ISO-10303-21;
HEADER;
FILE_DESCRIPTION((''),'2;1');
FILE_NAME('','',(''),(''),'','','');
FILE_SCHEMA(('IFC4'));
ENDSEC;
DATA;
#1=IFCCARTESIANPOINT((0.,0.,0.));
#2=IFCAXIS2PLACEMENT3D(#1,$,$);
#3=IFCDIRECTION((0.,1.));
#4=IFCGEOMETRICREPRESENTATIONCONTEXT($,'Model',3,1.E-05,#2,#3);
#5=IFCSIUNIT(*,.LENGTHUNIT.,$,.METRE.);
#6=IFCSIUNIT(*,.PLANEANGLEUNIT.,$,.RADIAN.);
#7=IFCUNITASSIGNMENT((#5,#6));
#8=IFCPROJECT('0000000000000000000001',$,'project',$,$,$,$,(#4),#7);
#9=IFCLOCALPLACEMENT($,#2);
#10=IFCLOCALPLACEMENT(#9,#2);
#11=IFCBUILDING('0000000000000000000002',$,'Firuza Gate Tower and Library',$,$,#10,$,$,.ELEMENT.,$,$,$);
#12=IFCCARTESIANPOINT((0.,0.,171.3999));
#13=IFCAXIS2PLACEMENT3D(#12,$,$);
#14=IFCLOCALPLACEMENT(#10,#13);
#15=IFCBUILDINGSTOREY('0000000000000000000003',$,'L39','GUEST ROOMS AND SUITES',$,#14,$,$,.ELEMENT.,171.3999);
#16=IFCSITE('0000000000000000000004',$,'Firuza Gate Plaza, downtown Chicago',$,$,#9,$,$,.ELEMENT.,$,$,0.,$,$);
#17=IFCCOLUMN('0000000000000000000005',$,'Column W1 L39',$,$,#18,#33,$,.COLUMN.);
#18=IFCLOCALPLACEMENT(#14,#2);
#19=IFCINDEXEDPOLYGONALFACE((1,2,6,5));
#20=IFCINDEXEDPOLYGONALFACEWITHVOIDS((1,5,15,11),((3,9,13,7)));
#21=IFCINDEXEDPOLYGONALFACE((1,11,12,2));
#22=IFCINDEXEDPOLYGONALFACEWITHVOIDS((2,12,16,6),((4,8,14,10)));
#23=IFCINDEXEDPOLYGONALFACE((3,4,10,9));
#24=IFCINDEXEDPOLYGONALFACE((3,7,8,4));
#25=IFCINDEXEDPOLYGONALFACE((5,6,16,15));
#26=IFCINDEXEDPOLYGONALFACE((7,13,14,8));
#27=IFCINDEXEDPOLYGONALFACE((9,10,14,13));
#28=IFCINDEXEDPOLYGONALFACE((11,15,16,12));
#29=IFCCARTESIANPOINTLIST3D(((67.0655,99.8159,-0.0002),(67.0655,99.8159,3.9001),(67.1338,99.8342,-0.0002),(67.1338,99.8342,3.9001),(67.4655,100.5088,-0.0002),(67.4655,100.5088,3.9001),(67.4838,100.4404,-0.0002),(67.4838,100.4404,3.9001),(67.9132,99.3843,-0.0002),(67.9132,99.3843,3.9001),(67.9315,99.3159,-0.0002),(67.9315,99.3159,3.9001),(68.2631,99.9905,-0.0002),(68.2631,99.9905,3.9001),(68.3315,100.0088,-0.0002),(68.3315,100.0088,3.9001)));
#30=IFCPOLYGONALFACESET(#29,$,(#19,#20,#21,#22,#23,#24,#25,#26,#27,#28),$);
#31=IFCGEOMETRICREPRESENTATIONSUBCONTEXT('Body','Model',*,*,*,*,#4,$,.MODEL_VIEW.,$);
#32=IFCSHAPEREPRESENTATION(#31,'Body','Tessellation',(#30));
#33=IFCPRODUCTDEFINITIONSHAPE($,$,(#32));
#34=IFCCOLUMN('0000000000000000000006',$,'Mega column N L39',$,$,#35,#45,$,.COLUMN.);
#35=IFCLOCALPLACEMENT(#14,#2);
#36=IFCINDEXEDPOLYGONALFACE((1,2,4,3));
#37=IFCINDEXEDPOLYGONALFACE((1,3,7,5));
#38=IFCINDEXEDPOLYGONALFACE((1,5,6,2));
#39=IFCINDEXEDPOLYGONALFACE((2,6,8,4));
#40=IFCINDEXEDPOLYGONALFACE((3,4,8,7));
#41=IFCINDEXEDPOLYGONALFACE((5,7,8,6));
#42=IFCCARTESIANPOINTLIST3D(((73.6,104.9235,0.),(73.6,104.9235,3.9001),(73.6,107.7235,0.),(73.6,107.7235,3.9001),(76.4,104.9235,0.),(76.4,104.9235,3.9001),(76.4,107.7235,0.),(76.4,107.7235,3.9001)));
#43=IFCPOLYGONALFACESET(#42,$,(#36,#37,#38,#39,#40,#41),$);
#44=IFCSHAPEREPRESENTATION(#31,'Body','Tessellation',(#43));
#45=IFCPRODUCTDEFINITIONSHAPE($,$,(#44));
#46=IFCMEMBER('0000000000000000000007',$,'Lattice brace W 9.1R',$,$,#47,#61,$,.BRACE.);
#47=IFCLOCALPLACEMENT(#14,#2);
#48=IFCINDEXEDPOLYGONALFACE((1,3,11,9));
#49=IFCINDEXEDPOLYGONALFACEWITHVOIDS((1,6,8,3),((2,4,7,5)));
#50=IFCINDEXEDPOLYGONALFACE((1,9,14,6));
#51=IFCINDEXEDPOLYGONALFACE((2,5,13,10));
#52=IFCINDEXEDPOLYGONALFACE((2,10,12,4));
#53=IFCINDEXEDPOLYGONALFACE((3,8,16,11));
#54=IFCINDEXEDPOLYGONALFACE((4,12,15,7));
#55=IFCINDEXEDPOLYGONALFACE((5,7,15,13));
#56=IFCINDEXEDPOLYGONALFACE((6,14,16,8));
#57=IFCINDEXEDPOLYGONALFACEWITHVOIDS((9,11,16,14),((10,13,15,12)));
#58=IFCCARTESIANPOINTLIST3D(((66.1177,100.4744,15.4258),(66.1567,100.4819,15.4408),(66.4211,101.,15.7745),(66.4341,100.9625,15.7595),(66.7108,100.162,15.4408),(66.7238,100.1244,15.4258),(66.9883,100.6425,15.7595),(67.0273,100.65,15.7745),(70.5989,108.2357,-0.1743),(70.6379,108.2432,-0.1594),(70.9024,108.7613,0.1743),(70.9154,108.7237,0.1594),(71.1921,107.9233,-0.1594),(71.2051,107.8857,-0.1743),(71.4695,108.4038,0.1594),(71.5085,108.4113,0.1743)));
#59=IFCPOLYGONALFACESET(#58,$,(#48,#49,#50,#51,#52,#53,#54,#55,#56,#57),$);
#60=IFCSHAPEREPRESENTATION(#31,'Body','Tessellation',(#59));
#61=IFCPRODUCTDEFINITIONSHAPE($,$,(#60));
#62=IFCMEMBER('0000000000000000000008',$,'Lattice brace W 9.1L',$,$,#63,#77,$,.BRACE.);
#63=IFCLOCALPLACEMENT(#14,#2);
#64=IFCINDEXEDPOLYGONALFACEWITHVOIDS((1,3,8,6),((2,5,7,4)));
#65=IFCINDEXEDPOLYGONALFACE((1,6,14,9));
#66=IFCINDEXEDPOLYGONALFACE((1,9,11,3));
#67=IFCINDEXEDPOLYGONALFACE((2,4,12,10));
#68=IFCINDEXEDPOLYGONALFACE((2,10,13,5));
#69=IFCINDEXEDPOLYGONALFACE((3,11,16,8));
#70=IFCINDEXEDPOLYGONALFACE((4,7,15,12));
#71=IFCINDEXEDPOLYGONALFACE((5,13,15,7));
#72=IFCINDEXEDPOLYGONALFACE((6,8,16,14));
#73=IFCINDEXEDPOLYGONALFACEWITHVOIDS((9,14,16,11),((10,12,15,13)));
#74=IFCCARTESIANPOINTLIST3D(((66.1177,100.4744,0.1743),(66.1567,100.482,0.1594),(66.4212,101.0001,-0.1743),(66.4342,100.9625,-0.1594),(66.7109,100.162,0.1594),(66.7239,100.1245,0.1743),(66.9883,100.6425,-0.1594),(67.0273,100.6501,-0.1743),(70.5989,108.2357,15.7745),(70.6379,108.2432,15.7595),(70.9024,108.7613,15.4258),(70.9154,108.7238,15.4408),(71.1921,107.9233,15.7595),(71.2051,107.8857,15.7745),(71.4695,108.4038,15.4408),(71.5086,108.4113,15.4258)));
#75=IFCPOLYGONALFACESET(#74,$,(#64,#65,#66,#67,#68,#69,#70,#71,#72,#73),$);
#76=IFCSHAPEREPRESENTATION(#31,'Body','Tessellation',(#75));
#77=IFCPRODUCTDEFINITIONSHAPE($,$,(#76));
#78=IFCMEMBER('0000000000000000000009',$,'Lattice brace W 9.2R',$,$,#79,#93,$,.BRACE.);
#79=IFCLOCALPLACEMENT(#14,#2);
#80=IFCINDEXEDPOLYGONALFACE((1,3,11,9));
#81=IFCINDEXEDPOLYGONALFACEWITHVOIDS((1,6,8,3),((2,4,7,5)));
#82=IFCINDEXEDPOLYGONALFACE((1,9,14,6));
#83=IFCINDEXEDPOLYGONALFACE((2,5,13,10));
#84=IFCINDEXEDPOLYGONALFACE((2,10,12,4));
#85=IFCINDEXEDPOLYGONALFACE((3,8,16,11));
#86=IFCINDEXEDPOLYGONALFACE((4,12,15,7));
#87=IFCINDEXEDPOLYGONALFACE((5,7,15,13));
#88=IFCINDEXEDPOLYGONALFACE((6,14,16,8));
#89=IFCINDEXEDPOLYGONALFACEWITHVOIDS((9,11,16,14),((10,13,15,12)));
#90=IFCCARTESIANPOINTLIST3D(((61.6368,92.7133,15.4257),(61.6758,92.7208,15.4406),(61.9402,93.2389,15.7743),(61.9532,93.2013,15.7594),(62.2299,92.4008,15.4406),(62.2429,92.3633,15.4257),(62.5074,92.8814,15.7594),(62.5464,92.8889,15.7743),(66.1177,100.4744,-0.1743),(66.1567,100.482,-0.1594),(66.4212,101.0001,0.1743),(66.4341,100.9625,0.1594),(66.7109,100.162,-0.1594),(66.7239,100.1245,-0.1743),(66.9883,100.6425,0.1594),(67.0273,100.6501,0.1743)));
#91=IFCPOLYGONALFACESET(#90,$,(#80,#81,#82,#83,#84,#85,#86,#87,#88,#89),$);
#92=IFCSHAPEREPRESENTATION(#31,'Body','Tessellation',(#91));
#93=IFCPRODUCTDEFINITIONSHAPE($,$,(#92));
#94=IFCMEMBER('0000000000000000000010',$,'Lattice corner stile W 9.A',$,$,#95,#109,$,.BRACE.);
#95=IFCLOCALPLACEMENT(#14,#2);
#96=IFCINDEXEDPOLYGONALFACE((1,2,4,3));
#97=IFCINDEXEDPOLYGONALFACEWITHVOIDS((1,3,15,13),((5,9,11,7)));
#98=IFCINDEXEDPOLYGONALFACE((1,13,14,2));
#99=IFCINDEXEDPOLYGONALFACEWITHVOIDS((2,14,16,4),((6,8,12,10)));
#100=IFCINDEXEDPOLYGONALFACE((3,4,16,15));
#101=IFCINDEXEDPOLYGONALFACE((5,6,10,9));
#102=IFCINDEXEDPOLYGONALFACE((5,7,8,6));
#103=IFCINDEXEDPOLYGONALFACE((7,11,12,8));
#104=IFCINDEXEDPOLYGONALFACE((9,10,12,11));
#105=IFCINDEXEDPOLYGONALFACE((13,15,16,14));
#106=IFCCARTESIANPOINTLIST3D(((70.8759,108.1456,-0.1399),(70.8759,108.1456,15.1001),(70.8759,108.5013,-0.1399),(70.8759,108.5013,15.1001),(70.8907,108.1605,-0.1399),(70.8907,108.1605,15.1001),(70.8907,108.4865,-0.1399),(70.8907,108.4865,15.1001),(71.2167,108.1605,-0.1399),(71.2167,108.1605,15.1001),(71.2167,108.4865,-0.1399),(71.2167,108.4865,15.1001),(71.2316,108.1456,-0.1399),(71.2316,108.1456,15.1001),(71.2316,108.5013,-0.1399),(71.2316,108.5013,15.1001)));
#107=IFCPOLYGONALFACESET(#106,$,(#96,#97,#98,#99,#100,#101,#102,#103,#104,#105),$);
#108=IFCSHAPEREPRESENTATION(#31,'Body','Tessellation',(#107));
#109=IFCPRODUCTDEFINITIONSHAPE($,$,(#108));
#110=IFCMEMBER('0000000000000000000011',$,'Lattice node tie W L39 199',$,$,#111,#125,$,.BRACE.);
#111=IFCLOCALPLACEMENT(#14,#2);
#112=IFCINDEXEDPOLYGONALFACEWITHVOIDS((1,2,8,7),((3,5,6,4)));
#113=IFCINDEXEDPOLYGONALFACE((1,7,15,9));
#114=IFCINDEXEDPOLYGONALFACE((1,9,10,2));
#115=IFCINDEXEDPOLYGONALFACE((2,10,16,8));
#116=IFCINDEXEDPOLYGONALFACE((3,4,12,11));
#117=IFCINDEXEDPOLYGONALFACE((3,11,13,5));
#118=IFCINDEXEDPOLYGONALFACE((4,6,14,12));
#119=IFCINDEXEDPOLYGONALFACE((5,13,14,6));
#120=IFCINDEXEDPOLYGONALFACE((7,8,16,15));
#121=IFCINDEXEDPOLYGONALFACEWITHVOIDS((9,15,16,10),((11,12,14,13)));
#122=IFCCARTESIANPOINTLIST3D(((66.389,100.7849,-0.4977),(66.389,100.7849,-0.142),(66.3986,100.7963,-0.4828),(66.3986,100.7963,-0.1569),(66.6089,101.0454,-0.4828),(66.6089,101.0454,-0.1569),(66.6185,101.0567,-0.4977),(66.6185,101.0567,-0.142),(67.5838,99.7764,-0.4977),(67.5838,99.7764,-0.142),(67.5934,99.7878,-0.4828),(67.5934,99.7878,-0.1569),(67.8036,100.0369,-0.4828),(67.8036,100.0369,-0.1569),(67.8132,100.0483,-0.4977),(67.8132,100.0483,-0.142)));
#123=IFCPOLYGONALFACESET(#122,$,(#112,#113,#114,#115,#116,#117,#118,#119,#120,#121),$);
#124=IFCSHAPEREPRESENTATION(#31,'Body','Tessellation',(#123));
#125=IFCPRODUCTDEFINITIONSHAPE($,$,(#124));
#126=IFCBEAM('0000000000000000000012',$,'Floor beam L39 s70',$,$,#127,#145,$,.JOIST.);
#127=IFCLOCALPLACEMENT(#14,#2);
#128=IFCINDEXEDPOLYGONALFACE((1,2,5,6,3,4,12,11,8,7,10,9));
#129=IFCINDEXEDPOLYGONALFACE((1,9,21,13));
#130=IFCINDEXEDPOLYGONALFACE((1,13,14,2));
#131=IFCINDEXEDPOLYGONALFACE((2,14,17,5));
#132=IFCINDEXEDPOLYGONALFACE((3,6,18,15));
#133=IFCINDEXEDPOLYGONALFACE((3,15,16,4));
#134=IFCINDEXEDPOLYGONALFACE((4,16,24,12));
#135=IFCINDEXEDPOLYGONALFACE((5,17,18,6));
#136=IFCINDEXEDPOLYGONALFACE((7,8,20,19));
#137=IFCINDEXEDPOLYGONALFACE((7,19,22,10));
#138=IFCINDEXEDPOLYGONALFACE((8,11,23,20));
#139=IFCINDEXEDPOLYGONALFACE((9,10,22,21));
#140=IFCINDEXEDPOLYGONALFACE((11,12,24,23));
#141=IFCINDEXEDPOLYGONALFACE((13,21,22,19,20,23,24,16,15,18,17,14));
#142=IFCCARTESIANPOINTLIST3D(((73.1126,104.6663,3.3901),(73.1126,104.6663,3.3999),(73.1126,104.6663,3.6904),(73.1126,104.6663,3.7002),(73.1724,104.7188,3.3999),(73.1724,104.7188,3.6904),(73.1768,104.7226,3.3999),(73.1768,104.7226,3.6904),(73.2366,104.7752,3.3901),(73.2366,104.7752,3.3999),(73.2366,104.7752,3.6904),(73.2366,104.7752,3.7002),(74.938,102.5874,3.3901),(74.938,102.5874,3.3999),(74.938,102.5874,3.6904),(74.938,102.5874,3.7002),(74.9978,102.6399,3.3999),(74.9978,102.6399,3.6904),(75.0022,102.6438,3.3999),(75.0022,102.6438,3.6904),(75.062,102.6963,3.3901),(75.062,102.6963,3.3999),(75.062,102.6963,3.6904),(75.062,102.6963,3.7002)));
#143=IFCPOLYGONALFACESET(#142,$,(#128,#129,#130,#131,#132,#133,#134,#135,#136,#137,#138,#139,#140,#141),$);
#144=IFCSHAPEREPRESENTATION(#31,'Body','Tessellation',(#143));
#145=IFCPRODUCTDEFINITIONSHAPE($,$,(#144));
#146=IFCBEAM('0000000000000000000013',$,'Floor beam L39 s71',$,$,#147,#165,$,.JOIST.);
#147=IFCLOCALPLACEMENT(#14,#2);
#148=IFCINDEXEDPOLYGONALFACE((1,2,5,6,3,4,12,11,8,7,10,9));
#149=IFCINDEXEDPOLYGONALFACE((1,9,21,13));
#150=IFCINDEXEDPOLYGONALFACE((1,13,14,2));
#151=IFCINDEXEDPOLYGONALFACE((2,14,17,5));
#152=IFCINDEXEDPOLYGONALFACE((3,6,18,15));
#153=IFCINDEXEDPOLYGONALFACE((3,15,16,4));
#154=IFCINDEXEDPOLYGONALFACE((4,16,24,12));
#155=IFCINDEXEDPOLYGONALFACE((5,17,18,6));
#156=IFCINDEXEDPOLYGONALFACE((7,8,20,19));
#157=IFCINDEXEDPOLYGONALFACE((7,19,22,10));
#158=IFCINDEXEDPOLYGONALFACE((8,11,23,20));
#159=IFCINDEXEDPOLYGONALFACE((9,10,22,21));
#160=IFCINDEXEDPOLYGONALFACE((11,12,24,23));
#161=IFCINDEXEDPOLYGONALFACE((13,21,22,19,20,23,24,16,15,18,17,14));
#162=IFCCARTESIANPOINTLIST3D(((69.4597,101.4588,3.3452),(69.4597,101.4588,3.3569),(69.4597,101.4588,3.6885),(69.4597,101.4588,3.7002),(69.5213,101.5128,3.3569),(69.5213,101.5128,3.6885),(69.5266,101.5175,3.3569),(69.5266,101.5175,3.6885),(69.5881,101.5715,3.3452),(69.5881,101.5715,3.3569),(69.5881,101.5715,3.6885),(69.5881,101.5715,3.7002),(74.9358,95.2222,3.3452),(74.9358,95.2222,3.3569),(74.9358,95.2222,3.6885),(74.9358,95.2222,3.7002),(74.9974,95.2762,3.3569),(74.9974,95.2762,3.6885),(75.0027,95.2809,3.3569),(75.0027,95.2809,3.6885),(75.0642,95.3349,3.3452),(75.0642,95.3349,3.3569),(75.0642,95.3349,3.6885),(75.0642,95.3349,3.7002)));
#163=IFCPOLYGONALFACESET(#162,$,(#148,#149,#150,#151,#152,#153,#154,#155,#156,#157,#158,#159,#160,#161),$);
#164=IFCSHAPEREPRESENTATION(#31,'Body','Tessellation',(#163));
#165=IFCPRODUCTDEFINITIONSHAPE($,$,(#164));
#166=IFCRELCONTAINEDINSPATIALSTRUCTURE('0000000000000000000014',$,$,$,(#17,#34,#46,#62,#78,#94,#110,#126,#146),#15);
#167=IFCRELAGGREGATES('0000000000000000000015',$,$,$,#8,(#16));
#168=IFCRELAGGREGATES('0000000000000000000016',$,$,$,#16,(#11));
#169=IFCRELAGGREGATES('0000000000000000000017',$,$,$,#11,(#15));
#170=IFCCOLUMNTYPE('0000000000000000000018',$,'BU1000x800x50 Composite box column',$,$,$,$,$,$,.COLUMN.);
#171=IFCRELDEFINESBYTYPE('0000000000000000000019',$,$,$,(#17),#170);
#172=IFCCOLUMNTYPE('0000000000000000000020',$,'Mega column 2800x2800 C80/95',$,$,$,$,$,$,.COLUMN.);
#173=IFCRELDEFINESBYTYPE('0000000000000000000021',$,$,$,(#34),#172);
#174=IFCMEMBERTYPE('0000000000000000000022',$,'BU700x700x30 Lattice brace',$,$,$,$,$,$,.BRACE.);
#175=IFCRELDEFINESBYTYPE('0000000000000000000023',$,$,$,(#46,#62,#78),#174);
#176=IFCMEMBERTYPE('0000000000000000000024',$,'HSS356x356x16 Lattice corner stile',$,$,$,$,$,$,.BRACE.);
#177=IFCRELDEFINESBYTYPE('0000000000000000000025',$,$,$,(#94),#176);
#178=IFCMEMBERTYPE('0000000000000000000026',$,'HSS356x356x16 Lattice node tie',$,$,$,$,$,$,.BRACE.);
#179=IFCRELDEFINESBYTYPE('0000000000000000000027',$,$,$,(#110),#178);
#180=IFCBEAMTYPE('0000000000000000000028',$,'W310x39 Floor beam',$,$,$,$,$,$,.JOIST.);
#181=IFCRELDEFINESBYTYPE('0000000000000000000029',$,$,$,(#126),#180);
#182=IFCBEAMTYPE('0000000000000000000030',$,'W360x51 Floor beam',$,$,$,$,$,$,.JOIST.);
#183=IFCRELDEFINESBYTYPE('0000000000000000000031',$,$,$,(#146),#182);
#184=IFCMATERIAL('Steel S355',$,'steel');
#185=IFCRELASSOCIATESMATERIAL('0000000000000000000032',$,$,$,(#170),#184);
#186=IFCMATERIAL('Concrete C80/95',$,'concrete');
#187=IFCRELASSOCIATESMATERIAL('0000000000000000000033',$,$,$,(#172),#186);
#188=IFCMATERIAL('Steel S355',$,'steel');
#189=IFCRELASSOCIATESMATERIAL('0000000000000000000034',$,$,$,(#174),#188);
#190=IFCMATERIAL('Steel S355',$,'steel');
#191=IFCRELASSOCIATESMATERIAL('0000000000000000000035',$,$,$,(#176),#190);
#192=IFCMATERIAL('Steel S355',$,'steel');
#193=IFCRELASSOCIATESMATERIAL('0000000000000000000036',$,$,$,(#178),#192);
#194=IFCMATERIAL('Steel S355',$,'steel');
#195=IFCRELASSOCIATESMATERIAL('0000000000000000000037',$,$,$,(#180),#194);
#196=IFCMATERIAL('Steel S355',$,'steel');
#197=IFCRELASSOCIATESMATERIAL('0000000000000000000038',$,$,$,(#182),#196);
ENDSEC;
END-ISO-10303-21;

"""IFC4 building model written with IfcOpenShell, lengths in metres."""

from ifc_helpers import new_model, si_unit, direction, frame, origin, origin_2d, place, context, subcontext, project, spatial, rectangle, hollow_rectangle, i_section, extrude, material, material_profile, profile_set, type_object, element, save


model = new_model("IFC4")

# Units and contexts
model_context = context("Model", 3, precision=1e-05, world=origin(), true_north=direction((0.0, 1.0)))
body_context = subcontext(model_context, "Body", "Model", "MODEL_VIEW")
ifc_project = project(units=[si_unit("LENGTHUNIT", "METRE"), si_unit("PLANEANGLEUNIT", "RADIAN")], contexts=[model_context])

# Site, building, storey
site_placement = place(None, origin())
site = spatial("IfcSite", under=ifc_project, at=site_placement, Name="Firuza Gate Plaza, downtown Chicago", CompositionType="ELEMENT", RefElevation=0.0)
building_placement = place(site_placement, origin())
building = spatial("IfcBuilding", under=site, at=building_placement, Name="Firuza Gate Tower and Library", CompositionType="ELEMENT")
storey_placement = place(building_placement, frame((0.0, 0.0, 171.3999)))
storey = spatial("IfcBuildingStorey", under=building, at=storey_placement, Name="L39", Description="GUEST ROOMS AND SUITES", CompositionType="ELEMENT", Elevation=171.3999)

# Columns
ifc_material_1 = material(Name="Steel S355", Category="steel")
ifc_material_profile_1 = material_profile(ifc_material_1, hollow_rectangle(XDim=0.8, YDim=1.0, WallThickness=0.05, at=origin_2d()))
ifc_profile_set_1 = profile_set([ifc_material_profile_1], Name="Steel S355")
column_type_1 = type_object("IfcColumnType", Name="BU1000x800x50 Composite box column", PredefinedType="COLUMN", material=ifc_profile_set_1)
column_1_placement = place(storey_placement, frame((67.6985, 99.9124, -0.0002), z_axis=(0.0, 0.0, 1.0), x_axis=(-0.5, -0.866025, 0.0)))
element("IfcColumn", 1, at=column_1_placement, inside=storey, type_object=column_type_1, Name="Column W1 L39", PredefinedType="COLUMN", context=body_context, shape_type="SweptSolid", body=[
    extrude(hollow_rectangle(XDim=0.8, YDim=1.0, WallThickness=0.05, at=origin_2d()), origin(), (0.0, 0.0, 1.0), 3.9004),
])
ifc_material_2 = material(Name="Concrete C80/95", Category="concrete")
ifc_material_profile_2 = material_profile(ifc_material_2, rectangle(XDim=2.8, YDim=2.8, at=origin_2d()))
ifc_profile_set_2 = profile_set([ifc_material_profile_2], Name="Concrete C80/95")
column_type_2 = type_object("IfcColumnType", Name="Mega column 2800x2800 C80/95", PredefinedType="COLUMN", material=ifc_profile_set_2)
column_2_placement = place(storey_placement, frame((75.0, 106.3235, 0.0), z_axis=(0.0, 0.0, 1.0), x_axis=(-1.0, 0.0, 0.0)))
element("IfcColumn", 2, at=column_2_placement, inside=storey, type_object=column_type_2, Name="Mega column N L39", PredefinedType="COLUMN", context=body_context, shape_type="SweptSolid", body=[
    extrude(rectangle(XDim=2.8, YDim=2.8, at=origin_2d()), origin(), (0.0, 0.0, 1.0), 3.9001),
])

# Members
ifc_material_3 = material(Name="Steel S355", Category="steel")
ifc_material_profile_3 = material_profile(ifc_material_3, hollow_rectangle(XDim=0.7, YDim=0.7, WallThickness=0.03, at=origin_2d()))
ifc_profile_set_3 = profile_set([ifc_material_profile_3], Name="Steel S355")
member_type_1 = type_object("IfcMemberType", Name="BU700x700x30 Lattice brace", PredefinedType="BRACE", material=ifc_profile_set_3)
for number, where, z_axis, x_axis, name in (
    (3, (71.0537, 108.3235, 0.0), (-0.249078, -0.431392, 0.867099), (0.866013, -0.500021, 0.0), "Lattice brace W 9.1R"),
    (4, (66.5725, 100.5623, 0.0), (0.249078, 0.431392, 0.867099), (-0.866013, 0.500021, 0.0), "Lattice brace W 9.1L"),
):
    element("IfcMember", number, at=place(storey_placement, frame(where, z_axis=z_axis, x_axis=x_axis)), inside=storey, type_object=member_type_1, Name=name, PredefinedType="BRACE", context=body_context, shape_type="SweptSolid", body=[
        extrude(hollow_rectangle(XDim=0.7, YDim=0.7, WallThickness=0.03, at=origin_2d()), origin(), (0.0, 0.0, 1.0), 17.9912),
    ])
member_1_placement = place(storey_placement, frame((66.5725, 100.5623, 0.0), z_axis=(-0.249066, -0.431393, 0.867102), x_axis=(0.866025, -0.500001, 0.0)))
element("IfcMember", 5, at=member_1_placement, inside=storey, type_object=member_type_1, Name="Lattice brace W 9.2R", PredefinedType="BRACE", context=body_context, shape_type="SweptSolid", body=[
    extrude(hollow_rectangle(XDim=0.7, YDim=0.7, WallThickness=0.03, at=origin_2d()), origin(), (0.0, 0.0, 1.0), 17.991),
])
ifc_material_4 = material(Name="Steel S355", Category="steel")
ifc_material_profile_4 = material_profile(ifc_material_4, hollow_rectangle(XDim=0.3557, YDim=0.3557, WallThickness=0.0149, at=origin_2d()))
ifc_profile_set_4 = profile_set([ifc_material_profile_4], Name="Steel S355")
member_type_2 = type_object("IfcMemberType", Name="HSS356x356x16 Lattice corner stile", PredefinedType="BRACE", material=ifc_profile_set_4)
member_2_placement = place(storey_placement, frame((71.0537, 108.3235, -0.1399), z_axis=(0.0, 0.0, 1.0), x_axis=(1.0, 0.0, 0.0)))
element("IfcMember", 6, at=member_2_placement, inside=storey, type_object=member_type_2, Name="Lattice corner stile W 9.A", PredefinedType="BRACE", context=body_context, shape_type="SweptSolid", body=[
    extrude(hollow_rectangle(XDim=0.3557, YDim=0.3557, WallThickness=0.0149, at=origin_2d()), origin(), (0.0, 0.0, 1.0), 15.24),
])
ifc_material_5 = material(Name="Steel S355", Category="steel")
ifc_material_profile_5 = material_profile(ifc_material_5, hollow_rectangle(XDim=0.3557, YDim=0.3557, WallThickness=0.0149, at=origin_2d()))
ifc_profile_set_5 = profile_set([ifc_material_profile_5], Name="Steel S355")
member_type_3 = type_object("IfcMemberType", Name="HSS356x356x16 Lattice node tie", PredefinedType="BRACE", material=ifc_profile_set_5)
member_3_placement = place(storey_placement, frame((67.6985, 99.9124, -0.3198), z_axis=(-0.764162, 0.645025, 0.0), x_axis=(-0.645025, -0.764162, 0.0)))
element("IfcMember", 7, at=member_3_placement, inside=storey, type_object=member_type_3, Name="Lattice node tie W L39 199", PredefinedType="BRACE", context=body_context, shape_type="SweptSolid", body=[
    extrude(hollow_rectangle(XDim=0.3557, YDim=0.3557, WallThickness=0.0149, at=origin_2d()), origin(), (0.0, 0.0, 1.0), 1.5635),
])

# Beams
ifc_material_6 = material(Name="Steel S355", Category="steel")
ifc_material_profile_6 = material_profile(ifc_material_6, i_section(OverallWidth=0.165, OverallDepth=0.3101, WebThickness=0.0059, FlangeThickness=0.0098, at=origin_2d()))
ifc_profile_set_6 = profile_set([ifc_material_profile_6], Name="Steel S355")
beam_type_1 = type_object("IfcBeamType", Name="W310x39 Floor beam", PredefinedType="JOIST", material=ifc_profile_set_6)
beam_1_placement = place(storey_placement, frame((73.1746, 104.7207, 3.5452), z_axis=(0.659822, -0.751422, 0.0), x_axis=(0.751422, 0.659822, 0.0)))
element("IfcBeam", 8, at=beam_1_placement, inside=storey, type_object=beam_type_1, Name="Floor beam L39 s70", PredefinedType="JOIST", context=body_context, shape_type="SweptSolid", body=[
    extrude(i_section(OverallWidth=0.165, OverallDepth=0.3101, WebThickness=0.0059, FlangeThickness=0.0098, at=origin_2d()), origin(), (0.0, 0.0, 1.0), 2.7666),
])
ifc_material_7 = material(Name="Steel S355", Category="steel")
ifc_material_profile_7 = material_profile(ifc_material_7, i_section(OverallWidth=0.1709, OverallDepth=0.355, WebThickness=0.0071, FlangeThickness=0.0117, at=origin_2d()))
ifc_profile_set_7 = profile_set([ifc_material_profile_7], Name="Steel S355")
beam_type_2 = type_object("IfcBeamType", Name="W360x51 Floor beam", PredefinedType="JOIST", material=ifc_profile_set_7)
beam_2_placement = place(storey_placement, frame((69.5239, 101.5151, 3.5227), z_axis=(0.659805, -0.751437, 0.0), x_axis=(0.751437, 0.659805, 0.0)))
element("IfcBeam", 9, at=beam_2_placement, inside=storey, type_object=beam_type_2, Name="Floor beam L39 s71", PredefinedType="JOIST", context=body_context, shape_type="SweptSolid", body=[
    extrude(i_section(OverallWidth=0.1709, OverallDepth=0.355, WebThickness=0.0071, FlangeThickness=0.0117, at=origin_2d()), origin(), (0.0, 0.0, 1.0), 8.2996),
])

save(model, "model.ifc")
